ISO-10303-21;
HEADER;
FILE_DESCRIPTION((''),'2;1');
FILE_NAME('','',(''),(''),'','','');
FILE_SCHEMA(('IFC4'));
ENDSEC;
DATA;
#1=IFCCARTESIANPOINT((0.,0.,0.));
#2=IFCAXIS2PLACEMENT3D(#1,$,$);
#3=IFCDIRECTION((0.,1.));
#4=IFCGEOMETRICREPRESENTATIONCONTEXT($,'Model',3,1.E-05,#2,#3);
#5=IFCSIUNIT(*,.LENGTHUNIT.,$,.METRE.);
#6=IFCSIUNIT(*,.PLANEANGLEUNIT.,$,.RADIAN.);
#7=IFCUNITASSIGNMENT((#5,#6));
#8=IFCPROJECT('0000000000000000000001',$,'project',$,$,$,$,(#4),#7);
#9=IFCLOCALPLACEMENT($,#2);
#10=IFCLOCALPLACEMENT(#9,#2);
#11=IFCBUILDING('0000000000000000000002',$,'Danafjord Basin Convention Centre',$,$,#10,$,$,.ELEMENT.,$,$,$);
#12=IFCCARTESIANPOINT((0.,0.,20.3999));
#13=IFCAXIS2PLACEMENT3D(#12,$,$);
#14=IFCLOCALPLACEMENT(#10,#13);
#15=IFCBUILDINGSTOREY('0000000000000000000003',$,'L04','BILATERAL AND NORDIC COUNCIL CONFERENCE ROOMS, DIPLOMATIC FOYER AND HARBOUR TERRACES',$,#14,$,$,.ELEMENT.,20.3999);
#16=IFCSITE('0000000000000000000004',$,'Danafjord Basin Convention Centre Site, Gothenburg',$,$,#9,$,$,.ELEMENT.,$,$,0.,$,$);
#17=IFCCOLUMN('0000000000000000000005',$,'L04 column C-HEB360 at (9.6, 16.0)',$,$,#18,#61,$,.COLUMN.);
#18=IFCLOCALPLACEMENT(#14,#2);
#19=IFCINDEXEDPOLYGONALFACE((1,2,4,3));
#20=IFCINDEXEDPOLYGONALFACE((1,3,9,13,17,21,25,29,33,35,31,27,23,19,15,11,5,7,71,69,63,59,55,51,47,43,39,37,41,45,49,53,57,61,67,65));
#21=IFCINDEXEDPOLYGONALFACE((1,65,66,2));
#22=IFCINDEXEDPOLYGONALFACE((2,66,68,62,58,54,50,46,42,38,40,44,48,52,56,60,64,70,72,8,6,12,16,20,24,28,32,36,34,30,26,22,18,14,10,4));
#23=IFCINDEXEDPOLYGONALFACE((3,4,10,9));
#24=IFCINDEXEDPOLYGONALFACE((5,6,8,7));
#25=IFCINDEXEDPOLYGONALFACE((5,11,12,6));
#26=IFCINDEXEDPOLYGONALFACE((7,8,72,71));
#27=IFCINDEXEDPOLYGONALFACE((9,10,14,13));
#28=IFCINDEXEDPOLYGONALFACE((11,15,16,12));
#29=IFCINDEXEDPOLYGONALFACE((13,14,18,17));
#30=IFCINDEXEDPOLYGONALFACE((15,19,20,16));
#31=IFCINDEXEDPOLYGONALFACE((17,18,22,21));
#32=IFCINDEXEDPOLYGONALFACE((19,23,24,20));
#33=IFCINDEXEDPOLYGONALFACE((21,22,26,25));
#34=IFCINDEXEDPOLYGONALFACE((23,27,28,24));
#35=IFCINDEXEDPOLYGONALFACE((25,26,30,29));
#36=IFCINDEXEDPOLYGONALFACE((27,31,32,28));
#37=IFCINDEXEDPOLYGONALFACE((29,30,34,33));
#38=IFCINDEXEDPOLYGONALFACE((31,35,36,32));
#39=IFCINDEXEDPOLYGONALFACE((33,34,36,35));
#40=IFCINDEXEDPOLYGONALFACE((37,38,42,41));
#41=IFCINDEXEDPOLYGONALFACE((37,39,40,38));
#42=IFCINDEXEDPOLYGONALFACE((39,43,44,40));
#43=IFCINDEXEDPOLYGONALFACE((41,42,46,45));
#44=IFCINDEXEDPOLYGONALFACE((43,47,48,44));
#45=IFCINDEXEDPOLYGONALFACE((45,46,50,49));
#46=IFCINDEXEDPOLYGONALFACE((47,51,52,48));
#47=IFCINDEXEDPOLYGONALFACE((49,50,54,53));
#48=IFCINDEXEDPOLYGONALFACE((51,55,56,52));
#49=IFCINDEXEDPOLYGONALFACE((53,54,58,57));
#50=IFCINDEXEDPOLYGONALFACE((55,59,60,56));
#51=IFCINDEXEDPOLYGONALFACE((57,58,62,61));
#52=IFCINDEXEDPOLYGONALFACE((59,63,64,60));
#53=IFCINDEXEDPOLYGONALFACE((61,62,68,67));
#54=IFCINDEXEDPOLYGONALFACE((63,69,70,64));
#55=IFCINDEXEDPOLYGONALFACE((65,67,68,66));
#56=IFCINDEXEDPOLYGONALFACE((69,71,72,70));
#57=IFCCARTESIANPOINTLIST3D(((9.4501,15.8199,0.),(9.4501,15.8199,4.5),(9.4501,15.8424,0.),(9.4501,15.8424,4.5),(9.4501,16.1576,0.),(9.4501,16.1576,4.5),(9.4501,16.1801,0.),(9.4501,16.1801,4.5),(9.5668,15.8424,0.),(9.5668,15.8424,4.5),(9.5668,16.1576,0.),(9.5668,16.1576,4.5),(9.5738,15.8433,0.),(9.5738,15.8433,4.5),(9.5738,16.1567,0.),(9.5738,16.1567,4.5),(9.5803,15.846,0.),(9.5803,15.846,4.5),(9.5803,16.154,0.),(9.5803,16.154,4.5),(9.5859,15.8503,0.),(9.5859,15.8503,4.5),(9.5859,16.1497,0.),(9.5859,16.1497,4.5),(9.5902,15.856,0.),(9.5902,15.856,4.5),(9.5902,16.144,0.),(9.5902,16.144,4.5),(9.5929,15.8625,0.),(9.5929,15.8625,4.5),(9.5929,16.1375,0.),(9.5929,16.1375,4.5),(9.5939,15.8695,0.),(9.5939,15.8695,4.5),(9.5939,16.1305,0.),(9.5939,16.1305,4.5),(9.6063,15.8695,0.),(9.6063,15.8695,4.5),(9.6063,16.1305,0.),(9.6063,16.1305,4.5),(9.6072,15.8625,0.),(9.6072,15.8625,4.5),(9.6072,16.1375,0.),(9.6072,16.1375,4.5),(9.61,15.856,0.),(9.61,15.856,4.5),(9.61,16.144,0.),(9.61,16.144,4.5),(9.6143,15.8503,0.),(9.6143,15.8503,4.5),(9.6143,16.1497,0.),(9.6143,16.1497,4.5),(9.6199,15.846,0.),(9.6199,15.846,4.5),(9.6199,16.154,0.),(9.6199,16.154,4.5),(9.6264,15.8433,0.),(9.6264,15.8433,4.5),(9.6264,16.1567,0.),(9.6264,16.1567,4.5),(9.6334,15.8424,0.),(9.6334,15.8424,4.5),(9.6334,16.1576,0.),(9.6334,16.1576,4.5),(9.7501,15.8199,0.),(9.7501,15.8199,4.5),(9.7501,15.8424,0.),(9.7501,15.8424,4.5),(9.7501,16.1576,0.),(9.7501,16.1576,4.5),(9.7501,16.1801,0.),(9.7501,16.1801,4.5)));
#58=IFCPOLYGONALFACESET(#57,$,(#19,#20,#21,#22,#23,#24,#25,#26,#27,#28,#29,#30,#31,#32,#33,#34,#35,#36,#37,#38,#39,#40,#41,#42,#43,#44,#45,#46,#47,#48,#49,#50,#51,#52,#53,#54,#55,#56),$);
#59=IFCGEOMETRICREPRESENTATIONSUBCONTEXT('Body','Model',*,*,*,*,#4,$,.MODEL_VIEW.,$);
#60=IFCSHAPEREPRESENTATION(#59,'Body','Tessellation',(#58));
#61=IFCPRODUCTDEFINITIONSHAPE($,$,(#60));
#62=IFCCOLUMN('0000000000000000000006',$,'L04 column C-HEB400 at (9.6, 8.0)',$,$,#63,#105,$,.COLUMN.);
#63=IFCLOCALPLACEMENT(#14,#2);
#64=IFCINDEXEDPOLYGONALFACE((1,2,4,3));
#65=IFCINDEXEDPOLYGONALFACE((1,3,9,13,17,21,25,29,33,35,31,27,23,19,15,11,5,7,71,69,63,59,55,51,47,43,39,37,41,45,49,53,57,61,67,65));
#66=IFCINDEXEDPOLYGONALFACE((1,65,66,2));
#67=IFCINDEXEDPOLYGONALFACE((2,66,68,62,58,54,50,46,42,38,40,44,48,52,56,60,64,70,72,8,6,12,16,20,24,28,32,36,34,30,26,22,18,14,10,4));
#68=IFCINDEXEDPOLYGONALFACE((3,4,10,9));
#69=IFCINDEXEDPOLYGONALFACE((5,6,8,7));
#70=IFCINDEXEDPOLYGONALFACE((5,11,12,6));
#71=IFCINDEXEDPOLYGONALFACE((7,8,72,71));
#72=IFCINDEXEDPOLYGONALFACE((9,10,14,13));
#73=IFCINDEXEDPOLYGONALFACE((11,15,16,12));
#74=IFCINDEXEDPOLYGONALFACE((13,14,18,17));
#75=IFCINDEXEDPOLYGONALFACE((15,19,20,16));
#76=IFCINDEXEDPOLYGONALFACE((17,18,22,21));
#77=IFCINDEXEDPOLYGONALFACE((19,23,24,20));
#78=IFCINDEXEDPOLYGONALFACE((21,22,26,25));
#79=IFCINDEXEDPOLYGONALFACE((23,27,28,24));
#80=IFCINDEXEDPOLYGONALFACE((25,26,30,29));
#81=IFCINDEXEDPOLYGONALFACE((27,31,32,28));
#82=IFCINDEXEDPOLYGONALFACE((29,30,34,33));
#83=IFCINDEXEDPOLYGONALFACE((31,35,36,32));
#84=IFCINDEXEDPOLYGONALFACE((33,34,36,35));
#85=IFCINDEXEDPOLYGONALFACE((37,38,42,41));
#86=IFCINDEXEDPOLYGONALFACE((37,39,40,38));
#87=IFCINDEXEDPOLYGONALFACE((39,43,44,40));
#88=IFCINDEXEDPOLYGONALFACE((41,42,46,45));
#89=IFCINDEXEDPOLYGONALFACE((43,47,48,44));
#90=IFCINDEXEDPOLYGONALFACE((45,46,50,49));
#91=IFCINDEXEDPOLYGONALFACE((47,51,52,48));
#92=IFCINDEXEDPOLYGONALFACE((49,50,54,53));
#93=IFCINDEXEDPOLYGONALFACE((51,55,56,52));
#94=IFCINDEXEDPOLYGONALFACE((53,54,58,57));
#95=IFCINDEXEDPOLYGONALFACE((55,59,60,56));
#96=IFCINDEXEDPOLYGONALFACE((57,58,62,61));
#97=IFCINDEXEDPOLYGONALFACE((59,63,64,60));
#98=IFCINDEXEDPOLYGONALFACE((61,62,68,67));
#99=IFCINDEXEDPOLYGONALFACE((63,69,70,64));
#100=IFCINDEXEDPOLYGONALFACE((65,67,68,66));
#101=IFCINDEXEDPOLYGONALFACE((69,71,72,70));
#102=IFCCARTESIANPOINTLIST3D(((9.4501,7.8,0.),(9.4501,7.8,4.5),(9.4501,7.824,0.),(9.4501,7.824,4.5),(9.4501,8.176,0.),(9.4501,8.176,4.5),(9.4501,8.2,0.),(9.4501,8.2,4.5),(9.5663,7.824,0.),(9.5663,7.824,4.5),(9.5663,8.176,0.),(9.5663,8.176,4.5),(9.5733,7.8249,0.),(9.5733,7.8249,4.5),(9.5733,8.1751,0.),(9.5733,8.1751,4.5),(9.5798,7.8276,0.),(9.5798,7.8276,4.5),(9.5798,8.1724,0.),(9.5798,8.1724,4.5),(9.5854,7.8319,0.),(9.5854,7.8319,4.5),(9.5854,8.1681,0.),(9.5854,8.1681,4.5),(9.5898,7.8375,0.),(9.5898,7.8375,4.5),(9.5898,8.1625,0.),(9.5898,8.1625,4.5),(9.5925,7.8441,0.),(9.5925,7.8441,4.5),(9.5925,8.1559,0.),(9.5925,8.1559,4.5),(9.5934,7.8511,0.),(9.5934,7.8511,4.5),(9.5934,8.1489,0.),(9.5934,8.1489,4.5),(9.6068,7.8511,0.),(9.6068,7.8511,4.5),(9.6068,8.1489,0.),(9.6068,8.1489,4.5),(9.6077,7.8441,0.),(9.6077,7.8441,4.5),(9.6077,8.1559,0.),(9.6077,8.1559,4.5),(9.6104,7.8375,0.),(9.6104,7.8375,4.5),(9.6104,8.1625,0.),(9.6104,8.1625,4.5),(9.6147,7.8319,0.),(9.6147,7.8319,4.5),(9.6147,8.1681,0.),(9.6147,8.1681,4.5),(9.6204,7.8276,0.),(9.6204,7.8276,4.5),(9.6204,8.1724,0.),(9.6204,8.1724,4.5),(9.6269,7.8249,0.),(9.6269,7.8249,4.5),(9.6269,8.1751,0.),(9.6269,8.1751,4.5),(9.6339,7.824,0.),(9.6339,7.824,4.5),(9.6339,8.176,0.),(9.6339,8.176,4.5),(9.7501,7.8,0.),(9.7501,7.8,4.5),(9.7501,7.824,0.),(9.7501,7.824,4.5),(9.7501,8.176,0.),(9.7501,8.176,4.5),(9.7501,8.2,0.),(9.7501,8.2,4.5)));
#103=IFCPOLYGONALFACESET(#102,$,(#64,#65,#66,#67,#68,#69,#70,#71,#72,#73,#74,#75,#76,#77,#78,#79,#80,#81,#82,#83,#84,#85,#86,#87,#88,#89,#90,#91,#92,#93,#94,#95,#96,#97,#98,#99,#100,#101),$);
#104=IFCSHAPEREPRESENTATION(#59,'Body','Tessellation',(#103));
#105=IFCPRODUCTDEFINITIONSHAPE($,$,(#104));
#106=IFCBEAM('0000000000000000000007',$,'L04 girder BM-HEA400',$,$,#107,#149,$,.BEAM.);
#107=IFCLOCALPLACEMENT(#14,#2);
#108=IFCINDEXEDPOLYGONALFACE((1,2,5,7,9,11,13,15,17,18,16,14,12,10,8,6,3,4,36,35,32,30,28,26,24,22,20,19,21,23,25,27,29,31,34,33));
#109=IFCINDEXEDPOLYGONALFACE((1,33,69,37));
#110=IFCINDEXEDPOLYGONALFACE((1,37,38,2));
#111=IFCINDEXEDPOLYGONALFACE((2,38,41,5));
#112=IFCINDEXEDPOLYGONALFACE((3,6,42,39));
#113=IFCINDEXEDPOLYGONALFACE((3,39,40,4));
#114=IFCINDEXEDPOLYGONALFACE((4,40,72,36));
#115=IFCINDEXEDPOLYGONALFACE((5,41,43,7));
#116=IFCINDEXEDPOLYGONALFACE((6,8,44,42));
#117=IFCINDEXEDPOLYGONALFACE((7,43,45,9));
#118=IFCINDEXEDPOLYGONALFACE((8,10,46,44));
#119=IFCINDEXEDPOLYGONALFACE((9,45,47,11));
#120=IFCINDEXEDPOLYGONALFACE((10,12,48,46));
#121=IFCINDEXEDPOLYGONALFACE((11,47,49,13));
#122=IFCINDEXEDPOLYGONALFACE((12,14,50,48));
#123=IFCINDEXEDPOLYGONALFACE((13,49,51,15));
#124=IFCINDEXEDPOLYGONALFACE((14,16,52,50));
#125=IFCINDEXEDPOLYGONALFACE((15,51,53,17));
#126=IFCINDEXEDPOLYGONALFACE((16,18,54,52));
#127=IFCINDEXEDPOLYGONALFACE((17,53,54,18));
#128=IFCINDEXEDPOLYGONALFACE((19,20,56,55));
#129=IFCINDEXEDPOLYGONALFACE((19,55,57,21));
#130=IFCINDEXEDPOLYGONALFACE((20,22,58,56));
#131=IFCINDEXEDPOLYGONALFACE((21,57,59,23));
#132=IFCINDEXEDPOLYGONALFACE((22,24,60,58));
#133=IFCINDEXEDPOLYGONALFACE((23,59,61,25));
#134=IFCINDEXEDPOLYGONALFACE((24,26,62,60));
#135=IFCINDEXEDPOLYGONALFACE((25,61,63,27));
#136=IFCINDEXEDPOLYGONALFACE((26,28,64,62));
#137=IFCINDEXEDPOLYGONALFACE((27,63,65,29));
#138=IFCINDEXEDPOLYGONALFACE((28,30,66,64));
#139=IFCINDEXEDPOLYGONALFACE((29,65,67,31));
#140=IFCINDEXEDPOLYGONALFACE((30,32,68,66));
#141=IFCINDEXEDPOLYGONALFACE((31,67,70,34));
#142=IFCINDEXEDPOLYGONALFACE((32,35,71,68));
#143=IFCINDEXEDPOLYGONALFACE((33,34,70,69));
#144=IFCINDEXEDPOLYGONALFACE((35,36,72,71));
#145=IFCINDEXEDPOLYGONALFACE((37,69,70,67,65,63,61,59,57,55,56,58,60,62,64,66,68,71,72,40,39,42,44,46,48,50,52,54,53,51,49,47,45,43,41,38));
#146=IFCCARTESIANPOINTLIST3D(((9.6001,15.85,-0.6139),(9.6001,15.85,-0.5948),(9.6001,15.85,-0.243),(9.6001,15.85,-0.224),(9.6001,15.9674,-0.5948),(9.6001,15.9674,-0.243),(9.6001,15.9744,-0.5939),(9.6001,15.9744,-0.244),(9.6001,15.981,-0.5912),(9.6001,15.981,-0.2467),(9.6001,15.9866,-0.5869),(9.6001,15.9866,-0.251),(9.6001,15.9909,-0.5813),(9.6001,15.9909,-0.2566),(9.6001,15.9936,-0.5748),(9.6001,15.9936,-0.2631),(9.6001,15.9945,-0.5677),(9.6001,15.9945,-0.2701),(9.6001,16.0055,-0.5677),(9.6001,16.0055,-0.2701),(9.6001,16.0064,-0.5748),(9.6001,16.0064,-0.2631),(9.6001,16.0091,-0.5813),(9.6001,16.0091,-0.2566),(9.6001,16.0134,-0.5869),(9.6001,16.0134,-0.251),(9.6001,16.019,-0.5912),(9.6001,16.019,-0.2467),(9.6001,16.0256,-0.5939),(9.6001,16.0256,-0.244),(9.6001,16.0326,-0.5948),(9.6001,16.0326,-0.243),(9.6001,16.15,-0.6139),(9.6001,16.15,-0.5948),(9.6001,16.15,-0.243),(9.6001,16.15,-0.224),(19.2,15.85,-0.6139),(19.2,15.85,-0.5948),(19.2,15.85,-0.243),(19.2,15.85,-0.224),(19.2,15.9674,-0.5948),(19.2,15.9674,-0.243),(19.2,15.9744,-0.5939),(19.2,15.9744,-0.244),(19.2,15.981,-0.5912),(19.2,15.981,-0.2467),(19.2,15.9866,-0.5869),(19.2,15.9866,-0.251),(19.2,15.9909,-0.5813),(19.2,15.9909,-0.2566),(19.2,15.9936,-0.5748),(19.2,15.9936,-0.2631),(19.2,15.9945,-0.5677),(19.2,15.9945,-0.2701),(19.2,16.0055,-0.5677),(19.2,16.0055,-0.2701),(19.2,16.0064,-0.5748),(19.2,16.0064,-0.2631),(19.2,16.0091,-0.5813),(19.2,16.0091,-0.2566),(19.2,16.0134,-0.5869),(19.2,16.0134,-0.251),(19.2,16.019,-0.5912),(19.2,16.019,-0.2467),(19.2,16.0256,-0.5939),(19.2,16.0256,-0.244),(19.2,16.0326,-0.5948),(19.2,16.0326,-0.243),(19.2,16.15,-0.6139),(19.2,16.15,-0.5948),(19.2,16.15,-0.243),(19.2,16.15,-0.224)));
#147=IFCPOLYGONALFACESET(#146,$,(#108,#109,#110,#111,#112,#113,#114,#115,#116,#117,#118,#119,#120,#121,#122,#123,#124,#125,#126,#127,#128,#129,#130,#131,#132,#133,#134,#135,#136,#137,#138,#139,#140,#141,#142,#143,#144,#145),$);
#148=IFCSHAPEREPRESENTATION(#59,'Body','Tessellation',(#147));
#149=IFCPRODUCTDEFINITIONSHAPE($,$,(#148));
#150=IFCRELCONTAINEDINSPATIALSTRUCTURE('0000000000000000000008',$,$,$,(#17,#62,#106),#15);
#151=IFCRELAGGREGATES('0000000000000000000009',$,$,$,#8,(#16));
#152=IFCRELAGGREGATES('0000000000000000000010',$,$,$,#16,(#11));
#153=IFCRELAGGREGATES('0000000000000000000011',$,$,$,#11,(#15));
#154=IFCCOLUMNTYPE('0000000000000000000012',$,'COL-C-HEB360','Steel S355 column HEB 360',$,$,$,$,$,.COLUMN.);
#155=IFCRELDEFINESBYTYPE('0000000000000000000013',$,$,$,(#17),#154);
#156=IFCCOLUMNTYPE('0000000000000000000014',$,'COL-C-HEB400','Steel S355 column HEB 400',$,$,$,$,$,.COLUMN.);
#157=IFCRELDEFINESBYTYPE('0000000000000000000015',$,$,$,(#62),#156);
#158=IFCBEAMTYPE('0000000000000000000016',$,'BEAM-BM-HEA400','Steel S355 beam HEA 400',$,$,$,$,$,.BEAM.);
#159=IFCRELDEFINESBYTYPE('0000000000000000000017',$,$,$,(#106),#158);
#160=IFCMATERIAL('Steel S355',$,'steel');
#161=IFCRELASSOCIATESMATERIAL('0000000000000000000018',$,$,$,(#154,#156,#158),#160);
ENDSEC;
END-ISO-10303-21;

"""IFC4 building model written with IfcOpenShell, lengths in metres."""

from ifc_helpers import new_model, si_unit, direction, frame, origin, origin_2d, place, context, subcontext, project, spatial, i_section, extrude, material, material_profile, profile_set, type_object, element, save


model = new_model("IFC4")

# Units and contexts
model_context = context("Model", 3, precision=1e-05, world=origin(), true_north=direction((0.0, 1.0)))
body_context = subcontext(model_context, "Body", "Model", "MODEL_VIEW")
ifc_project = project(units=[si_unit("LENGTHUNIT", "METRE"), si_unit("PLANEANGLEUNIT", "RADIAN")], contexts=[model_context])

# Site, building, storey
site_placement = place(None, origin())
site = spatial("IfcSite", under=ifc_project, at=site_placement, Name="Danafjord Basin Convention Centre Site, Gothenburg", CompositionType="ELEMENT", RefElevation=0.0)
building_placement = place(site_placement, origin())
building = spatial("IfcBuilding", under=site, at=building_placement, Name="Danafjord Basin Convention Centre", CompositionType="ELEMENT")
storey_placement = place(building_placement, frame((0.0, 0.0, 20.3999)))
storey = spatial("IfcBuildingStorey", under=building, at=storey_placement, Name="L04", Description="BILATERAL AND NORDIC COUNCIL CONFERENCE ROOMS, DIPLOMATIC FOYER AND HARBOUR TERRACES", CompositionType="ELEMENT", Elevation=20.3999)

# Columns
ifc_material_1 = material(Name="Steel S355", Category="steel")
ifc_material_profile_1 = material_profile(ifc_material_1, i_section(OverallWidth=0.3, OverallDepth=0.3601, WebThickness=0.0125, FlangeThickness=0.0225, FilletRadius=0.0271, at=origin_2d()), Name="HEB 360")
ifc_profile_set_1 = profile_set([ifc_material_profile_1], Name="Steel S355")
column_type_1 = type_object("IfcColumnType", Name="COL-C-HEB360", Description="Steel S355 column HEB 360", PredefinedType="COLUMN", material=ifc_profile_set_1)
column_1_placement = place(storey_placement, frame((9.6001, 16.0, 0.0), z_axis=(0.0, 0.0, 1.0), x_axis=(1.0, 0.0, 0.0)))
element("IfcColumn", 1, at=column_1_placement, inside=storey, type_object=column_type_1, Name="L04 column C-HEB360 at (9.6, 16.0)", PredefinedType="COLUMN", context=body_context, shape_type="SweptSolid", body=[
    extrude(i_section(OverallWidth=0.3, OverallDepth=0.3601, WebThickness=0.0125, FlangeThickness=0.0225, FilletRadius=0.0271, at=origin_2d()), origin(), (0.0, 0.0, 1.0), 4.5),
])
ifc_material_profile_2 = material_profile(ifc_material_1, i_section(OverallWidth=0.3, OverallDepth=0.3999, WebThickness=0.0134, FlangeThickness=0.0239, FilletRadius=0.0271, at=origin_2d()), Name="HEB 400")
ifc_profile_set_2 = profile_set([ifc_material_profile_2], Name="Steel S355")
column_type_2 = type_object("IfcColumnType", Name="COL-C-HEB400", Description="Steel S355 column HEB 400", PredefinedType="COLUMN", material=ifc_profile_set_2)
column_2_placement = place(storey_placement, frame((9.6001, 8.0, 0.0), z_axis=(0.0, 0.0, 1.0), x_axis=(1.0, 0.0, 0.0)))
element("IfcColumn", 2, at=column_2_placement, inside=storey, type_object=column_type_2, Name="L04 column C-HEB400 at (9.6, 8.0)", PredefinedType="COLUMN", context=body_context, shape_type="SweptSolid", body=[
    extrude(i_section(OverallWidth=0.3, OverallDepth=0.3999, WebThickness=0.0134, FlangeThickness=0.0239, FilletRadius=0.0271, at=origin_2d()), origin(), (0.0, 0.0, 1.0), 4.5),
])

# Beam
ifc_material_profile_3 = material_profile(ifc_material_1, i_section(OverallWidth=0.3, OverallDepth=0.3899, WebThickness=0.011, FlangeThickness=0.019, FilletRadius=0.0271, at=origin_2d()), Name="HEA 400")
ifc_profile_set_3 = profile_set([ifc_material_profile_3], Name="Steel S355")
beam_type_1 = type_object("IfcBeamType", Name="BEAM-BM-HEA400", Description="Steel S355 beam HEA 400", PredefinedType="BEAM", material=ifc_profile_set_3)
beam_1_placement = place(storey_placement, frame((9.6001, 16.0, -0.4189), z_axis=(1.0, 0.0, 0.0), x_axis=(0.0, 1.0, 0.0)))
element("IfcBeam", 3, at=beam_1_placement, inside=storey, type_object=beam_type_1, Name="L04 girder BM-HEA400", PredefinedType="BEAM", context=body_context, shape_type="SweptSolid", body=[
    extrude(i_section(OverallWidth=0.3, OverallDepth=0.3899, WebThickness=0.011, FlangeThickness=0.019, FilletRadius=0.0271, at=origin_2d()), origin(), (0.0, 0.0, 1.0), 9.5999),
])

save(model, "model.ifc")
